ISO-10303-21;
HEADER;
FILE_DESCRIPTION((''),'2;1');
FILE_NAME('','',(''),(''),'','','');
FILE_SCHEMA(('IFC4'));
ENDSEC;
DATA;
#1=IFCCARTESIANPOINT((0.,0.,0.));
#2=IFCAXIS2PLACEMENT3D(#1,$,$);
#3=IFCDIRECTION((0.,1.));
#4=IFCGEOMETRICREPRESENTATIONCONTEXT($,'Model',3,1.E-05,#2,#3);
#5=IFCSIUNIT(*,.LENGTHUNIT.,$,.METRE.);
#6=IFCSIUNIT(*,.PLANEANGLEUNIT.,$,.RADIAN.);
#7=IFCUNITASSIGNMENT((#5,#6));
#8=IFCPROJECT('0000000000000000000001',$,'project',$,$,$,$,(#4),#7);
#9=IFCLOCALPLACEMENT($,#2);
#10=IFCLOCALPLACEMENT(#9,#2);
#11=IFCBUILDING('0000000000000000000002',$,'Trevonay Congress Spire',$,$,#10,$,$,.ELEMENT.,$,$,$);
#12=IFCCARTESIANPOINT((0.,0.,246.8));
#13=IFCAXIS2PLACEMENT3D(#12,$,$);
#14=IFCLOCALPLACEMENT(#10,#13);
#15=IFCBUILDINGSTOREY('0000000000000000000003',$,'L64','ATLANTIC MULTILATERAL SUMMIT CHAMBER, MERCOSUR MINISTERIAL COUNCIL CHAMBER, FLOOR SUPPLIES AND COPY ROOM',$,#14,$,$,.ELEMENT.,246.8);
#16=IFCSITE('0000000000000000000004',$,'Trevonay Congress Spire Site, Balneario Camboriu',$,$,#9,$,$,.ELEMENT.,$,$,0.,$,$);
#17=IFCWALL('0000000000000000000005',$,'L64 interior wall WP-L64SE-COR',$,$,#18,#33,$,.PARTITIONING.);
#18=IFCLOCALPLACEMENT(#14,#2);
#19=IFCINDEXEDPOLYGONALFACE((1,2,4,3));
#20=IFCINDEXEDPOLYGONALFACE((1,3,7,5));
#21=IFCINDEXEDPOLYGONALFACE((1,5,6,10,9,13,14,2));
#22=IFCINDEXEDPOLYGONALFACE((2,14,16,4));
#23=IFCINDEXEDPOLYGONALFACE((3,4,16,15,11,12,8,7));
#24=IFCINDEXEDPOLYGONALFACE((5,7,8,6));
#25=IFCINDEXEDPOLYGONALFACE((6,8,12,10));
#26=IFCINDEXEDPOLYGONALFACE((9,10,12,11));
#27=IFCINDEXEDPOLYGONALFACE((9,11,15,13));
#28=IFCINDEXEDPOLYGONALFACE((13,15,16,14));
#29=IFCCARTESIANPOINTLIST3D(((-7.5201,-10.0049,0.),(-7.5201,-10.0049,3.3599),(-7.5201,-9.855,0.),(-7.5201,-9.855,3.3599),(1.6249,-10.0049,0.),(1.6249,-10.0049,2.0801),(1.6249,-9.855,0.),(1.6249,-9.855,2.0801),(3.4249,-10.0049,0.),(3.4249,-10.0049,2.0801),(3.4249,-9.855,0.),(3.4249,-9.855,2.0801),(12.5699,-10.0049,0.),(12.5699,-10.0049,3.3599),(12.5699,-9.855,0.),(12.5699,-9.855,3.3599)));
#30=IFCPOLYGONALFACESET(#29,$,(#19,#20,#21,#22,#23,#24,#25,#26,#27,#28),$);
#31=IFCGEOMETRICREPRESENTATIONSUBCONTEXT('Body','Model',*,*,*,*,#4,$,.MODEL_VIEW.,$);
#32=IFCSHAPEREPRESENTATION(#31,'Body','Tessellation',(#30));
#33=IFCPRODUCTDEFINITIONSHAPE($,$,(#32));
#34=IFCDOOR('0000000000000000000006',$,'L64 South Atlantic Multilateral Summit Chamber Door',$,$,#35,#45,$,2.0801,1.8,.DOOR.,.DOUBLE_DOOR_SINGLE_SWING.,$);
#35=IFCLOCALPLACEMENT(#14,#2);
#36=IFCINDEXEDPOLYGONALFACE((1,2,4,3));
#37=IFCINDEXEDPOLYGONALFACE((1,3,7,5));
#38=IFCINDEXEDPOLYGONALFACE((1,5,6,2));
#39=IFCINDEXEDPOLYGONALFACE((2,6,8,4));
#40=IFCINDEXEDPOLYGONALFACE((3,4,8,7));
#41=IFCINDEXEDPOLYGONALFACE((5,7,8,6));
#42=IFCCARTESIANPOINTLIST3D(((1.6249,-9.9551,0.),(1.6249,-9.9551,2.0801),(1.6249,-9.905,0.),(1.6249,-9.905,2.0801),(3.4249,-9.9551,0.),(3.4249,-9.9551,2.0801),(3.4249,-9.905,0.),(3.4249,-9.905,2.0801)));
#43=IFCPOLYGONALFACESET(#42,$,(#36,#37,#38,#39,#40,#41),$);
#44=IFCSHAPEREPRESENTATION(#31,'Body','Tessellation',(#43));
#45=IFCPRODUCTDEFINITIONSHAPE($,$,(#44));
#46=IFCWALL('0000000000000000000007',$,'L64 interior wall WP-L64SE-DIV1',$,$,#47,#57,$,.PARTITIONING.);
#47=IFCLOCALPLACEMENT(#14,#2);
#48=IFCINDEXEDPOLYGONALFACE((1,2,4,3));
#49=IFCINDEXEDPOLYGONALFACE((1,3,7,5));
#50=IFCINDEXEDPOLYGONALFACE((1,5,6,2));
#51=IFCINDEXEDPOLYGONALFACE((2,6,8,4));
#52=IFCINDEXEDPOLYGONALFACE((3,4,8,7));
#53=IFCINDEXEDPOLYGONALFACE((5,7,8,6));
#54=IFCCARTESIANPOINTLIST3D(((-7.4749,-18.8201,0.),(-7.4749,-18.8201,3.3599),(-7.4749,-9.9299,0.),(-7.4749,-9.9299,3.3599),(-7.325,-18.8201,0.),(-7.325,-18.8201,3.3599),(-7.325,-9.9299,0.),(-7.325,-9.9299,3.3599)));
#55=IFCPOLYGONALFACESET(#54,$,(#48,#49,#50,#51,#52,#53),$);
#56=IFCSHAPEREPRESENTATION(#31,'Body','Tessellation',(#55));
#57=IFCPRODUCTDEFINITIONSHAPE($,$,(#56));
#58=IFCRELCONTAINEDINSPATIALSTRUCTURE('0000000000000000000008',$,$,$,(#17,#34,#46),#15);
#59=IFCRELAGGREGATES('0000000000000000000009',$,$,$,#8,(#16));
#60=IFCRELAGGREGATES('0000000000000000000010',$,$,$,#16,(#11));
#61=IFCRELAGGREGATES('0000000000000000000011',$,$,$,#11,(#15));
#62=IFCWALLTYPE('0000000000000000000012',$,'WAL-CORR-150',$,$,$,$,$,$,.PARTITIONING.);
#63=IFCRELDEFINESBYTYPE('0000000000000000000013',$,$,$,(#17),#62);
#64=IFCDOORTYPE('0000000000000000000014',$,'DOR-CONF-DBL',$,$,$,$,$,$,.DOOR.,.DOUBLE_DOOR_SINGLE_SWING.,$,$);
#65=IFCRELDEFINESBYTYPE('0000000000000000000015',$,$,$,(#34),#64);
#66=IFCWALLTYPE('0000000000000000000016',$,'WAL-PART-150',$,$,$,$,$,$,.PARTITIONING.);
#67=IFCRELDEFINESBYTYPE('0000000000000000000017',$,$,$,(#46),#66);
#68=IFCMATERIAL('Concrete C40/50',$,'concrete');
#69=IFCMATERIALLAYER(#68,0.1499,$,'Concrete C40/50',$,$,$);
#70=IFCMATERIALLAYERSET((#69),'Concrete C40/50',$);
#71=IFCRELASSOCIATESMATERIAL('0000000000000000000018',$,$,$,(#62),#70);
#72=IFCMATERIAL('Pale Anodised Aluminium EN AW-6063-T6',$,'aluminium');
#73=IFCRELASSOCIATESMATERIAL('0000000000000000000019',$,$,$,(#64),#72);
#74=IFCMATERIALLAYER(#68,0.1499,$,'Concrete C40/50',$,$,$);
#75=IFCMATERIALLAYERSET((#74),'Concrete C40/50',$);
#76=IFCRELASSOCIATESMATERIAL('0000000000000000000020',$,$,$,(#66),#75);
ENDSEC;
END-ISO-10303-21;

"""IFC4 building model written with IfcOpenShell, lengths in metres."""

from ifc_helpers import new_model, si_unit, direction, frame, frame_2d, origin, place, context, subcontext, project, spatial, rectangle, extrude, material, layer, layer_set, type_object, element, fill, save


model = new_model("IFC4")

# Units and contexts
model_context = context("Model", 3, precision=1e-05, world=origin(), true_north=direction((0.0, 1.0)))
body_context = subcontext(model_context, "Body", "Model", "MODEL_VIEW")
ifc_project = project(units=[si_unit("LENGTHUNIT", "METRE"), si_unit("PLANEANGLEUNIT", "RADIAN")], contexts=[model_context])

# Site, building, storey
site_placement = place(None, origin())
site = spatial("IfcSite", under=ifc_project, at=site_placement, Name="Trevonay Congress Spire Site, Balneario Camboriu", CompositionType="ELEMENT", RefElevation=0.0)
building_placement = place(site_placement, origin())
building = spatial("IfcBuilding", under=site, at=building_placement, Name="Trevonay Congress Spire", CompositionType="ELEMENT")
storey_placement = place(building_placement, frame((0.0, 0.0, 246.8)))
storey = spatial("IfcBuildingStorey", under=building, at=storey_placement, Name="L64", Description="ATLANTIC MULTILATERAL SUMMIT CHAMBER, MERCOSUR MINISTERIAL COUNCIL CHAMBER, FLOOR SUPPLIES AND COPY ROOM", CompositionType="ELEMENT", Elevation=246.8)

# Shared definitions
ifc_material_1 = material(Name="Pale Anodised Aluminium EN AW-6063-T6", Category="aluminium")

# Wall, opening, door
ifc_material_2 = material(Name="Concrete C40/50", Category="concrete")
ifc_layer_1 = layer(ifc_material_2, 0.1499, Name="Concrete C40/50")
ifc_layer_set_1 = layer_set([ifc_layer_1], Name="Concrete C40/50")
wall_type_1 = type_object("IfcWallType", Name="WAL-CORR-150", PredefinedType="PARTITIONING", material=ifc_layer_set_1)
wall_1_placement = place(storey_placement, frame((-7.52, -9.9299, 0.0), z_axis=(0.0, 0.0, 1.0), x_axis=(1.0, 0.0, 0.0)))
wall_1 = element("IfcWall", 1, at=wall_1_placement, inside=storey, type_object=wall_type_1, Name="L64 interior wall WP-L64SE-COR", PredefinedType="PARTITIONING", context=body_context, shape_type="SweptSolid", body=[
    extrude(rectangle(XDim=20.0901, YDim=0.1499, at=frame_2d((10.0449, 0.0))), origin(), (0.0, 0.0, 1.0), 3.3599),
])
opening_placement = place(wall_1_placement, frame((9.145, 0.0, 0.0)))
opening = element("IfcOpeningElement", 2, at=opening_placement, cuts=wall_1, PredefinedType="OPENING", context=body_context, shape_type="SweptSolid", body=[
    extrude(rectangle(XDim=1.8, YDim=2.0801, at=frame_2d((0.8999, 1.04))), frame((0.0, 0.085, 0.0), z_axis=(0.0, -1.0, 0.0), x_axis=(1.0, 0.0, 0.0)), (0.0, 0.0, 1.0), 0.1699),
])
door_type = type_object("IfcDoorType", Name="DOR-CONF-DBL", OperationType="DOUBLE_DOOR_SINGLE_SWING", PredefinedType="DOOR", material=ifc_material_1)
door_placement = place(opening_placement, origin())
door = element("IfcDoor", 3, at=door_placement, inside=storey, type_object=door_type, Name="L64 South Atlantic Multilateral Summit Chamber Door", OperationType="DOUBLE_DOOR_SINGLE_SWING", OverallHeight=2.0801, OverallWidth=1.8, PredefinedType="DOOR", context=body_context, shape_type="SweptSolid", body=[
    extrude(rectangle(XDim=1.8, YDim=2.0801, at=frame_2d((0.8999, 1.04))), frame((0.0, 0.0249, 0.0), z_axis=(0.0, -1.0, 0.0), x_axis=(1.0, 0.0, 0.0)), (0.0, 0.0, 1.0), 0.05),
])
fill(opening, door)

# Wall
ifc_layer_2 = layer(ifc_material_2, 0.1499, Name="Concrete C40/50")
ifc_layer_set_2 = layer_set([ifc_layer_2], Name="Concrete C40/50")
wall_type_2 = type_object("IfcWallType", Name="WAL-PART-150", PredefinedType="PARTITIONING", material=ifc_layer_set_2)
wall_2_placement = place(storey_placement, frame((-7.3999, -18.8201, 0.0), z_axis=(0.0, 0.0, 1.0), x_axis=(0.0, 1.0, 0.0)))
element("IfcWall", 4, at=wall_2_placement, inside=storey, type_object=wall_type_2, Name="L64 interior wall WP-L64SE-DIV1", PredefinedType="PARTITIONING", context=body_context, shape_type="SweptSolid", body=[
    extrude(rectangle(XDim=8.8901, YDim=0.1499, at=frame_2d((4.4451, 0.0))), origin(), (0.0, 0.0, 1.0), 3.3599),
])

save(model, "model.ifc")
